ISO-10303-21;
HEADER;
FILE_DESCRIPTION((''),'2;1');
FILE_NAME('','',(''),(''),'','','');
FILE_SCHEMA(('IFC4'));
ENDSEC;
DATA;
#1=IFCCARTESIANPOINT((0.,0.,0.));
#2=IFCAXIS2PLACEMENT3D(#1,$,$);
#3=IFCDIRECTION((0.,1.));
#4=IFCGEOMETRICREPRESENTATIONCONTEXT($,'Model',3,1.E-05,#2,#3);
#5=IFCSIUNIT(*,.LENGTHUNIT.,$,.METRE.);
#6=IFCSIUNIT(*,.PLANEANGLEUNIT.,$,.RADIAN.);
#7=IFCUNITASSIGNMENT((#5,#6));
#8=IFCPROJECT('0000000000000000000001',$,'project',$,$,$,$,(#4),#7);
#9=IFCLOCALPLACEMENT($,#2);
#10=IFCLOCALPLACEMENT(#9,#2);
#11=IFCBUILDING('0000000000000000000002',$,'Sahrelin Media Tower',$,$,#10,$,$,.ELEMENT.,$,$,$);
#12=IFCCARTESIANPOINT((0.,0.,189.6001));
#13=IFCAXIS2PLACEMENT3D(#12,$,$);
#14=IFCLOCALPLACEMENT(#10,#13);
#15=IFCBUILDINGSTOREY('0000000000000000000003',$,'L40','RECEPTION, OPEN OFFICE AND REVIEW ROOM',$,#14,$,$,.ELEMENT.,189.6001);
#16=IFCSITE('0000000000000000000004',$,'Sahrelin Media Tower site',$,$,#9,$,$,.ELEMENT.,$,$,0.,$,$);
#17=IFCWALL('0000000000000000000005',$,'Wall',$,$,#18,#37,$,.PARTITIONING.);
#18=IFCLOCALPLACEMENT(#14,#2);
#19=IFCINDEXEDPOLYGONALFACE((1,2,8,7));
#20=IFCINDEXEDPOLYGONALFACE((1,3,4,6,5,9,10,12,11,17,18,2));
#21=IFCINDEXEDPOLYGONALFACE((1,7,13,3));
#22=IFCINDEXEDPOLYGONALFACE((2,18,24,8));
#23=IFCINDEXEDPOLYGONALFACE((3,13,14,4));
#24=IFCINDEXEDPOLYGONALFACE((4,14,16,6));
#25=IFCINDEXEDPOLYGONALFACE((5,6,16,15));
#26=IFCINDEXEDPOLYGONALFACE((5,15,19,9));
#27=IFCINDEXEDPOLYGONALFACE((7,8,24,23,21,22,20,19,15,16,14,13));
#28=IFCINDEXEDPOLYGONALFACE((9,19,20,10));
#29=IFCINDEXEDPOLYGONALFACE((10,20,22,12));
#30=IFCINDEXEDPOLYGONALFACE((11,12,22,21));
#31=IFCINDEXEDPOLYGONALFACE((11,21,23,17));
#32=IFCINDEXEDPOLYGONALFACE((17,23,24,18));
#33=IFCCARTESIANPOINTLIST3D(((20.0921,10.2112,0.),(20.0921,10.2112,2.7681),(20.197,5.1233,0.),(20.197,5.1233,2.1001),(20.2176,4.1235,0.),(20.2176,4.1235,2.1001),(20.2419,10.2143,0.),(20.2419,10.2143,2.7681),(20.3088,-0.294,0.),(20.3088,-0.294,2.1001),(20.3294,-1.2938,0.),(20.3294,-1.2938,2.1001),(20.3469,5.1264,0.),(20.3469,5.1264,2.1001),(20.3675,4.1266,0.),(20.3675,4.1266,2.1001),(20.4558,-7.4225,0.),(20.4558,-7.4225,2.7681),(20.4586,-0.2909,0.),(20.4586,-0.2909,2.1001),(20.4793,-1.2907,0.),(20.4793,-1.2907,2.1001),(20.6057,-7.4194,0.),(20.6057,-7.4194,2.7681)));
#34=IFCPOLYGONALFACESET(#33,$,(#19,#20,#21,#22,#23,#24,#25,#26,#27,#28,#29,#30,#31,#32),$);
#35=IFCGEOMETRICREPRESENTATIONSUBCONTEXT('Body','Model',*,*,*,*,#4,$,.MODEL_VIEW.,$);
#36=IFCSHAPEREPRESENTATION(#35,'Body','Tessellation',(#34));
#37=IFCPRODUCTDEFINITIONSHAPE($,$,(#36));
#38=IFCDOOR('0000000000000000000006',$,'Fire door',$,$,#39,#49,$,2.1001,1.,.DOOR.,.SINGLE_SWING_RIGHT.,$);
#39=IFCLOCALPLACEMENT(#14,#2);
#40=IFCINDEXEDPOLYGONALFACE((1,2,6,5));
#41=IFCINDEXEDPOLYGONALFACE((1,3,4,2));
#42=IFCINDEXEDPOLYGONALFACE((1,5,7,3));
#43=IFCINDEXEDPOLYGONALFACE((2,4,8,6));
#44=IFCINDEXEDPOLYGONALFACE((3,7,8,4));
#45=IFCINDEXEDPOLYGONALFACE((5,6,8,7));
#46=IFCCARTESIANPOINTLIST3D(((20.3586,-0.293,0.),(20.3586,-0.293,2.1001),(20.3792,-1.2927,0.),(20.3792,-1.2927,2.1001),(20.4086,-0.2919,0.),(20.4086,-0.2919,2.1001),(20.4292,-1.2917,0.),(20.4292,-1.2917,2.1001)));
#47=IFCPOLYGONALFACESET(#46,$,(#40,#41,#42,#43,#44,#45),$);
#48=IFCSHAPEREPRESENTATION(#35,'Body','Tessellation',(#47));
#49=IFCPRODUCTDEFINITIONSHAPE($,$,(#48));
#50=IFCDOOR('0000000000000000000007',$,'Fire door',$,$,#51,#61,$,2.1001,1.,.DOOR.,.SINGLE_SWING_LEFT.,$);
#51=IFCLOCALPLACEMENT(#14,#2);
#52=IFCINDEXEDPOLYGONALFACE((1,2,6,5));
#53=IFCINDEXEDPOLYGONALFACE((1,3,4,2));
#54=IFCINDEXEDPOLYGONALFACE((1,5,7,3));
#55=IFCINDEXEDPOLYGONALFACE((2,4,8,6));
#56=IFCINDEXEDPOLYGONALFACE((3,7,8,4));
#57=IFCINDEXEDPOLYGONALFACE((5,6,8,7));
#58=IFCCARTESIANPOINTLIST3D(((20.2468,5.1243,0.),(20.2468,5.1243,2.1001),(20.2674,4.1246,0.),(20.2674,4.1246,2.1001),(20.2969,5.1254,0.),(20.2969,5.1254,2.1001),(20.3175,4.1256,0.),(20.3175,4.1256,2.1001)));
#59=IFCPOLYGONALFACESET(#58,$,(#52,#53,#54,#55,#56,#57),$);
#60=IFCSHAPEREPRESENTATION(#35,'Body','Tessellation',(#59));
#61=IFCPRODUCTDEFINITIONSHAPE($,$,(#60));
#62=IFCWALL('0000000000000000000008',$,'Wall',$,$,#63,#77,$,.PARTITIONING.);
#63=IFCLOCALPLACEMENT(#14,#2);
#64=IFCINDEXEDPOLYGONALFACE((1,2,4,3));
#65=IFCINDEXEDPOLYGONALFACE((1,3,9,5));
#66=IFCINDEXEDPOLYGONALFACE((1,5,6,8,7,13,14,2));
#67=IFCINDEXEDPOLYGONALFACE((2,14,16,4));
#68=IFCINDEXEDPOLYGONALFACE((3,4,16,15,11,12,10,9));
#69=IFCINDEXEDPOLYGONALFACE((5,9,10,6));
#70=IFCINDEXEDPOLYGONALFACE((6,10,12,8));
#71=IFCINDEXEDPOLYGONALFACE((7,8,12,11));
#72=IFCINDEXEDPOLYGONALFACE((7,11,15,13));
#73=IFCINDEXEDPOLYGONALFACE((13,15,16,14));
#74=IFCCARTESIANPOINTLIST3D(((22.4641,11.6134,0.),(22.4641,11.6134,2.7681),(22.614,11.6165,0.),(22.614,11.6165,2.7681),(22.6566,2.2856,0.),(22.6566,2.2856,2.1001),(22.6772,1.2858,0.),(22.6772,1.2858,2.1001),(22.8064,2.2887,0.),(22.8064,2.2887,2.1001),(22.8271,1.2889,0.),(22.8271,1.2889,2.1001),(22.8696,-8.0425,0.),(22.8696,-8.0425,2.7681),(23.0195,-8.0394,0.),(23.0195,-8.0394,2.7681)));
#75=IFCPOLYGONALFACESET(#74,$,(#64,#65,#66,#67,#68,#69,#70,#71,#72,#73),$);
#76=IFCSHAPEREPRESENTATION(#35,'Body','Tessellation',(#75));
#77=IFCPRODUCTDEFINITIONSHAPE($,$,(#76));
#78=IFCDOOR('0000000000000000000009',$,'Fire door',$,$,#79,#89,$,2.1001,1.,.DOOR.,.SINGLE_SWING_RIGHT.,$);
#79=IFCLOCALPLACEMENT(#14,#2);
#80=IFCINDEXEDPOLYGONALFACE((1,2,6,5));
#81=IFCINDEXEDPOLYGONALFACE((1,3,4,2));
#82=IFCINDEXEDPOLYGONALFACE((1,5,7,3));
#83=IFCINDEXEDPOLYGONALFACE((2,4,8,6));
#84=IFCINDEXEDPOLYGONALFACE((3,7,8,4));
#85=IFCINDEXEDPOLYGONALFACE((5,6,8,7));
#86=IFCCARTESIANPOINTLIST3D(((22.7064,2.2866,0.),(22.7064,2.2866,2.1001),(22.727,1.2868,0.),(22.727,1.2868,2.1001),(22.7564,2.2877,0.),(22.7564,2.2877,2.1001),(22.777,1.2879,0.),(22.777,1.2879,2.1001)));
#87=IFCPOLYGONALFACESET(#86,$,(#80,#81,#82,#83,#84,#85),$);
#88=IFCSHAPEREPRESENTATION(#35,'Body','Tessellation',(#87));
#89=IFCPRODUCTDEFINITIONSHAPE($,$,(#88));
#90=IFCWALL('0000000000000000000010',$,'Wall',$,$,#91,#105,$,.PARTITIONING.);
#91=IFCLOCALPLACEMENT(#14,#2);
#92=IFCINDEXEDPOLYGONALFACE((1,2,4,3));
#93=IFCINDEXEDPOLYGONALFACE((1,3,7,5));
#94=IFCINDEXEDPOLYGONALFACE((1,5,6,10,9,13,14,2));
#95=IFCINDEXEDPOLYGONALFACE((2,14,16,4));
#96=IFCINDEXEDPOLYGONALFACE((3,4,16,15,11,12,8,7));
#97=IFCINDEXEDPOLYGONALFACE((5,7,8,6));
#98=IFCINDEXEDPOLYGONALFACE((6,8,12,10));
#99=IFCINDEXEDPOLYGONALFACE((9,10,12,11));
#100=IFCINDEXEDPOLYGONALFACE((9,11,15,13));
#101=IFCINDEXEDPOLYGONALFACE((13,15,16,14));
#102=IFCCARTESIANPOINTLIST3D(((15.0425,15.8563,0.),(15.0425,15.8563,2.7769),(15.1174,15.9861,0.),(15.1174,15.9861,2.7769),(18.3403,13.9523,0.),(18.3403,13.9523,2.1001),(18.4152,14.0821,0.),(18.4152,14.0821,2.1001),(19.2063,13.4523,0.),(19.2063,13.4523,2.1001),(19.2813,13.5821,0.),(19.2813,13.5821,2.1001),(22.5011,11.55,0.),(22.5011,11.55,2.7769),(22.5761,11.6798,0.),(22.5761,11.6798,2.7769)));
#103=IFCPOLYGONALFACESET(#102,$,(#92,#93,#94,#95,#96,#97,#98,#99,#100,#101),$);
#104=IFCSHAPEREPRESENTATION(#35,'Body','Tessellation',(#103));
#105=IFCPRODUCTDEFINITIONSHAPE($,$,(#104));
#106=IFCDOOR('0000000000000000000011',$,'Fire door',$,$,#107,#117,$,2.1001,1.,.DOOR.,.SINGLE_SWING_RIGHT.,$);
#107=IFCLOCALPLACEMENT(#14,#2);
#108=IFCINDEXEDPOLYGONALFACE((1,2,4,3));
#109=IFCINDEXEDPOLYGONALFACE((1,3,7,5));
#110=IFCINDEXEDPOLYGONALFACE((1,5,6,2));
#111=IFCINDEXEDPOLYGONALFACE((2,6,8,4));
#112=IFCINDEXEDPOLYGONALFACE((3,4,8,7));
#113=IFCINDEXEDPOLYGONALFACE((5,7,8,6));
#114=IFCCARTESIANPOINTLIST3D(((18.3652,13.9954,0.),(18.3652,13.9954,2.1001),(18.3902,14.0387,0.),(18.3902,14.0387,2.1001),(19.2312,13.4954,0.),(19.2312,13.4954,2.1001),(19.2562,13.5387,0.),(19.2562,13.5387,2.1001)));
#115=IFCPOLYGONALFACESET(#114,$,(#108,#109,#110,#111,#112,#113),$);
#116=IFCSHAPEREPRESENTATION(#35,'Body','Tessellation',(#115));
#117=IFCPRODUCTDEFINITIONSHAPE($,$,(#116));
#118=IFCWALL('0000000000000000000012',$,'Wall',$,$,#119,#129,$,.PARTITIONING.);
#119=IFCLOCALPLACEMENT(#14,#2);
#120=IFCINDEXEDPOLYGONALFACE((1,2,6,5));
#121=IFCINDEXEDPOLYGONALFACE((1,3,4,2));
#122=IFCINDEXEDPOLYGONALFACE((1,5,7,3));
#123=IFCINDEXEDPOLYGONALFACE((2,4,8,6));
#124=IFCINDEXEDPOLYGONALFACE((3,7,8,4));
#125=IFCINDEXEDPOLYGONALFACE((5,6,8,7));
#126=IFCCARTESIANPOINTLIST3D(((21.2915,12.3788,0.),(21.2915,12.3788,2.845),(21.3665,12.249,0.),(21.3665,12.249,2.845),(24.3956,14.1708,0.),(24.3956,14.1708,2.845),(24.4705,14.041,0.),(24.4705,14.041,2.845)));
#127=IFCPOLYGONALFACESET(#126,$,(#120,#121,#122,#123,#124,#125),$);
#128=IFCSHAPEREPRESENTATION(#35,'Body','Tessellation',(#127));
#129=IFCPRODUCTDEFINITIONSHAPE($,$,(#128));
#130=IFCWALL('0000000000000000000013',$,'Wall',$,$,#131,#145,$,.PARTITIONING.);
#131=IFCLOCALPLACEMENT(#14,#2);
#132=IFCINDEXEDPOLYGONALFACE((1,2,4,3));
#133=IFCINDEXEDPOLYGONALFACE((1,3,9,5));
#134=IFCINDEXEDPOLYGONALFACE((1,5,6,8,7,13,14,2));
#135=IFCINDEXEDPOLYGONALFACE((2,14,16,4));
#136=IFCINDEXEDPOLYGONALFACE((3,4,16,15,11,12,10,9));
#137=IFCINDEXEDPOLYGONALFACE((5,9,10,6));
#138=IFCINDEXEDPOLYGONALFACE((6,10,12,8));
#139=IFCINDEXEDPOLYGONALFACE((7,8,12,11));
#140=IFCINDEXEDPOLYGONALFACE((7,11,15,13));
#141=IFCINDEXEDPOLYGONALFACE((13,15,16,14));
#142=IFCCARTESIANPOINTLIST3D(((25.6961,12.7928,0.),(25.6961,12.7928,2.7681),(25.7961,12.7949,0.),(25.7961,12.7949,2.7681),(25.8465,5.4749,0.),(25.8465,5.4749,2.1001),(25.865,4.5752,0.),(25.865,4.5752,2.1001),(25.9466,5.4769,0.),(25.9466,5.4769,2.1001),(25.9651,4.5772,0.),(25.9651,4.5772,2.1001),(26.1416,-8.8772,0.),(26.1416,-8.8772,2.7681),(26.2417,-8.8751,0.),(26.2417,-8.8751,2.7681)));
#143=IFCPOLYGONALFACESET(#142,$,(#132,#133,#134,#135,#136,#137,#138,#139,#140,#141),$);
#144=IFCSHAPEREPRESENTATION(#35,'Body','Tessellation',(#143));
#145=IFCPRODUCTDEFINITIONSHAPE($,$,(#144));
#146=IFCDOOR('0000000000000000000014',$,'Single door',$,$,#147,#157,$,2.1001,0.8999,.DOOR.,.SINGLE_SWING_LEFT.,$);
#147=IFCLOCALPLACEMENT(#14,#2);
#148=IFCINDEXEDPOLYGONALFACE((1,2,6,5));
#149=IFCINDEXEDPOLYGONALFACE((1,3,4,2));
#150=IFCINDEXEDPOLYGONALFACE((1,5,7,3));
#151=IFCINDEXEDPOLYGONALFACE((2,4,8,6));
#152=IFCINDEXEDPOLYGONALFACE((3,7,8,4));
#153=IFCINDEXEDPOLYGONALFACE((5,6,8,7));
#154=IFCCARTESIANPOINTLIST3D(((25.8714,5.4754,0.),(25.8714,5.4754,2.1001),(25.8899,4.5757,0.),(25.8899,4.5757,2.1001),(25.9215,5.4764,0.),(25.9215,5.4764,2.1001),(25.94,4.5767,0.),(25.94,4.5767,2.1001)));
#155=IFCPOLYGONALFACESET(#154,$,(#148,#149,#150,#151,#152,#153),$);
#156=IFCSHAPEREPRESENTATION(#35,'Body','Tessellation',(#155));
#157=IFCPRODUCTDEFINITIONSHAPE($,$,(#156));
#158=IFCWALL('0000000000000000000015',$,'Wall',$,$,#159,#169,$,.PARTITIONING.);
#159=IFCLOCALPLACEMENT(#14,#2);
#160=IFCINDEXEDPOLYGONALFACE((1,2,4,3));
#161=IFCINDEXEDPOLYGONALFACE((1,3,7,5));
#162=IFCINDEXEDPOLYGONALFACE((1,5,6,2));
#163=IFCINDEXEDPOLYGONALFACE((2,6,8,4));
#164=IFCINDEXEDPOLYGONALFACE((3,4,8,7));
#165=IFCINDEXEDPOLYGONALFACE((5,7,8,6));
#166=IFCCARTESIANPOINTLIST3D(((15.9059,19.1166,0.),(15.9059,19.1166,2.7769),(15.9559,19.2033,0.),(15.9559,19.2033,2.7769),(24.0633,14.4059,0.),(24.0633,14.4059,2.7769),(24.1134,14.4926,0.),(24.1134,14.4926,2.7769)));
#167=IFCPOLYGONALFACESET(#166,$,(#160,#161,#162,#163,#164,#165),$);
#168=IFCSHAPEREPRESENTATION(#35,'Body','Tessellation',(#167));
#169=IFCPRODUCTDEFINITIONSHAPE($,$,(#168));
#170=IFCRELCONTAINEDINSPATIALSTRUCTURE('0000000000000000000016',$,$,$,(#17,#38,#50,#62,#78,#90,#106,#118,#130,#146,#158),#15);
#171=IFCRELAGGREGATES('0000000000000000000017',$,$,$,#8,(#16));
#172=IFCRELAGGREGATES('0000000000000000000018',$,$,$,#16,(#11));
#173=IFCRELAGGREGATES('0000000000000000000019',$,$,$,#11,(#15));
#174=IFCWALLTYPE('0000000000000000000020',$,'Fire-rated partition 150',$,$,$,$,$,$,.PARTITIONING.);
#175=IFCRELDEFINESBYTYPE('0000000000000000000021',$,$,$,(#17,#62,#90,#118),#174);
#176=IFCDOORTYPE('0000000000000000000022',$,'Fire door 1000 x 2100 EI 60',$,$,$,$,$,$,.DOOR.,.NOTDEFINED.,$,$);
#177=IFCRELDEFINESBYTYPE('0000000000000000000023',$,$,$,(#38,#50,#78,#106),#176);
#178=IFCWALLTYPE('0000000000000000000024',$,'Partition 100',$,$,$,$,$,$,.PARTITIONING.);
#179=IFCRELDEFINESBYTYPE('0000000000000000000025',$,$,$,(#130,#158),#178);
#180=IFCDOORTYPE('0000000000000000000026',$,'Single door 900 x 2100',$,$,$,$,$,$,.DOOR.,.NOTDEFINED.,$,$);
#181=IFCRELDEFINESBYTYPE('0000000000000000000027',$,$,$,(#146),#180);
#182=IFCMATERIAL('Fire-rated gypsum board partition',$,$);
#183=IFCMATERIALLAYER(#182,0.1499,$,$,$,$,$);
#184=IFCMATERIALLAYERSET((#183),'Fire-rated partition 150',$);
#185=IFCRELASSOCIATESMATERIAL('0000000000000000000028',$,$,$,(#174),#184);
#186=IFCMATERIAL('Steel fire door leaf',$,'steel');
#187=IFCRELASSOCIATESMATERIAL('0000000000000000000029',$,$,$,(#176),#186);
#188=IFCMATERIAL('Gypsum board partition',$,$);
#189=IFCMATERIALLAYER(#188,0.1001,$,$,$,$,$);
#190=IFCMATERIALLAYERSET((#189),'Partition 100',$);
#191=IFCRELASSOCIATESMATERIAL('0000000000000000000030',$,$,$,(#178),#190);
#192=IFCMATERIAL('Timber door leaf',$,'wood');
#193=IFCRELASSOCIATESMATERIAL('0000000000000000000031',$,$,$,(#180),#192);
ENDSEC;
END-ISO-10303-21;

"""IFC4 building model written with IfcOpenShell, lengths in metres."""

from ifc_helpers import new_model, si_unit, direction, frame, frame_2d, origin, place, context, subcontext, project, spatial, rectangle, extrude, material, layer, layer_set, type_object, element, fill, save


model = new_model("IFC4")

# Units and contexts
model_context = context("Model", 3, precision=1e-05, world=origin(), true_north=direction((0.0, 1.0)))
body_context = subcontext(model_context, "Body", "Model", "MODEL_VIEW")
ifc_project = project(units=[si_unit("LENGTHUNIT", "METRE"), si_unit("PLANEANGLEUNIT", "RADIAN")], contexts=[model_context])

# Site, building, storey
site_placement = place(None, origin())
site = spatial("IfcSite", under=ifc_project, at=site_placement, Name="Sahrelin Media Tower site", CompositionType="ELEMENT", RefElevation=0.0)
building_placement = place(site_placement, origin())
building = spatial("IfcBuilding", under=site, at=building_placement, Name="Sahrelin Media Tower", CompositionType="ELEMENT")
storey_placement = place(building_placement, frame((0.0, 0.0, 189.6001)))
storey = spatial("IfcBuildingStorey", under=building, at=storey_placement, Name="L40", Description="RECEPTION, OPEN OFFICE AND REVIEW ROOM", CompositionType="ELEMENT", Elevation=189.6001)

# Wall, openings, doors
ifc_material_1 = material(Name="Fire-rated gypsum board partition")
ifc_layer_1 = layer(ifc_material_1, 0.1499)
ifc_layer_set_1 = layer_set([ifc_layer_1], Name="Fire-rated partition 150")
wall_type_1 = type_object("IfcWallType", Name="Fire-rated partition 150", PredefinedType="PARTITIONING", material=ifc_layer_set_1)
wall_1_placement = place(storey_placement, frame((20.167, 10.2129, 0.0), z_axis=(0.0, 0.0, 1.0), x_axis=(0.020625, -0.999787, 0.0)))
wall_1 = element("IfcWall", 1, at=wall_1_placement, inside=storey, type_object=wall_type_1, Name="Wall", PredefinedType="PARTITIONING", context=body_context, shape_type="SweptSolid", body=[
    extrude(rectangle(XDim=17.6375, YDim=0.1499, at=frame_2d((8.8188, 0.0))), origin(), (0.0, 0.0, 1.0), 2.7681),
])
opening_1_placement = place(wall_1_placement, frame((10.5076, 0.0, 0.0)))
opening_1 = element("IfcOpeningElement", 2, at=opening_1_placement, cuts=wall_1, PredefinedType="OPENING", context=body_context, shape_type="SweptSolid", body=[
    extrude(rectangle(XDim=1.0, YDim=2.1001, at=frame_2d((0.5, 1.05))), frame((0.0, 0.075, 0.0), z_axis=(0.0, -1.0, 0.0), x_axis=(1.0, 0.0, 0.0)), (0.0, 0.0, 1.0), 0.1499),
])
opening_2_placement = place(wall_1_placement, frame((5.0891, 0.0, 0.0)))
opening_2 = element("IfcOpeningElement", 3, at=opening_2_placement, cuts=wall_1, PredefinedType="OPENING", context=body_context, shape_type="SweptSolid", body=[
    extrude(rectangle(XDim=1.0, YDim=2.1001, at=frame_2d((0.5, 1.05))), frame((0.0, 0.075, 0.0), z_axis=(0.0, -1.0, 0.0), x_axis=(1.0, 0.0, 0.0)), (0.0, 0.0, 1.0), 0.1499),
])
ifc_material_2 = material(Name="Steel fire door leaf", Category="steel")
door_type_1 = type_object("IfcDoorType", Name="Fire door 1000 x 2100 EI 60", OperationType="NOTDEFINED", PredefinedType="DOOR", material=ifc_material_2)
door_1_placement = place(opening_1_placement, origin())
door_1 = element("IfcDoor", 4, at=door_1_placement, inside=storey, type_object=door_type_1, Name="Fire door", OperationType="SINGLE_SWING_RIGHT", OverallHeight=2.1001, OverallWidth=1.0, PredefinedType="DOOR", context=body_context, shape_type="SweptSolid", body=[
    extrude(rectangle(XDim=1.0, YDim=2.1001, at=frame_2d((0.5, 1.05))), frame((0.0, 0.0249, 0.0), z_axis=(0.0, -1.0, 0.0), x_axis=(1.0, 0.0, 0.0)), (0.0, 0.0, 1.0), 0.05),
])
fill(opening_1, door_1)
door_2_placement = place(opening_2_placement, origin())
door_2 = element("IfcDoor", 5, at=door_2_placement, inside=storey, type_object=door_type_1, Name="Fire door", OperationType="SINGLE_SWING_LEFT", OverallHeight=2.1001, OverallWidth=1.0, PredefinedType="DOOR", context=body_context, shape_type="SweptSolid", body=[
    extrude(rectangle(XDim=1.0, YDim=2.1001, at=frame_2d((0.5, 1.05))), frame((0.0, 0.0249, 0.0), z_axis=(0.0, -1.0, 0.0), x_axis=(1.0, 0.0, 0.0)), (0.0, 0.0, 1.0), 0.05),
])
fill(opening_2, door_2)

# Walls, openings, doors
wall_2_placement = place(storey_placement, frame((22.5391, 11.615, 0.0), z_axis=(0.0, 0.0, 1.0), x_axis=(0.020626, -0.999787, 0.0)))
wall_2 = element("IfcWall", 6, at=wall_2_placement, inside=storey, type_object=wall_type_1, Name="Wall", PredefinedType="PARTITIONING", context=body_context, shape_type="SweptSolid", body=[
    extrude(rectangle(XDim=19.6602, YDim=0.1499, at=frame_2d((9.8301, 0.0))), origin(), (0.0, 0.0, 1.0), 2.7681),
])
opening_3_placement = place(wall_2_placement, frame((9.3298, 0.0, 0.0)))
opening_3 = element("IfcOpeningElement", 7, at=opening_3_placement, cuts=wall_2, PredefinedType="OPENING", context=body_context, shape_type="SweptSolid", body=[
    extrude(rectangle(XDim=1.0, YDim=2.1001, at=frame_2d((0.5, 1.05))), frame((0.0, 0.075, 0.0), z_axis=(0.0, -1.0, 0.0), x_axis=(1.0, 0.0, 0.0)), (0.0, 0.0, 1.0), 0.1499),
])
door_3_placement = place(opening_3_placement, origin())
door_3 = element("IfcDoor", 8, at=door_3_placement, inside=storey, type_object=door_type_1, Name="Fire door", OperationType="SINGLE_SWING_RIGHT", OverallHeight=2.1001, OverallWidth=1.0, PredefinedType="DOOR", context=body_context, shape_type="SweptSolid", body=[
    extrude(rectangle(XDim=1.0, YDim=2.1001, at=frame_2d((0.5, 1.05))), frame((0.0, 0.0249, 0.0), z_axis=(0.0, -1.0, 0.0), x_axis=(1.0, 0.0, 0.0)), (0.0, 0.0, 1.0), 0.05),
])
fill(opening_3, door_3)
wall_3_placement = place(storey_placement, frame((15.0801, 15.9211, 0.0), z_axis=(0.0, 0.0, 1.0), x_axis=(0.866021, -0.500008, 0.0)))
wall_3 = element("IfcWall", 9, at=wall_3_placement, inside=storey, type_object=wall_type_1, Name="Wall", PredefinedType="PARTITIONING", context=body_context, shape_type="SweptSolid", body=[
    extrude(rectangle(XDim=8.6125, YDim=0.1499, at=frame_2d((4.3062, 0.0))), origin(), (0.0, 0.0, 1.0), 2.7769),
])
opening_4_placement = place(wall_3_placement, frame((3.8079, 0.0, 0.0)))
opening_4 = element("IfcOpeningElement", 10, at=opening_4_placement, cuts=wall_3, PredefinedType="OPENING", context=body_context, shape_type="SweptSolid", body=[
    extrude(rectangle(XDim=1.0, YDim=2.1001, at=frame_2d((0.5, 1.05))), frame((0.0, 0.075, 0.0), z_axis=(0.0, -1.0, 0.0), x_axis=(1.0, 0.0, 0.0)), (0.0, 0.0, 1.0), 0.1499),
])
door_4_placement = place(opening_4_placement, origin())
door_4 = element("IfcDoor", 11, at=door_4_placement, inside=storey, type_object=door_type_1, Name="Fire door", OperationType="SINGLE_SWING_RIGHT", OverallHeight=2.1001, OverallWidth=1.0, PredefinedType="DOOR", context=body_context, shape_type="SweptSolid", body=[
    extrude(rectangle(XDim=1.0, YDim=2.1001, at=frame_2d((0.5, 1.05))), frame((0.0, 0.0249, 0.0), z_axis=(0.0, -1.0, 0.0), x_axis=(1.0, 0.0, 0.0)), (0.0, 0.0, 1.0), 0.05),
])
fill(opening_4, door_4)

# Wall
wall_4_placement = place(storey_placement, frame((21.3291, 12.314, 0.0), z_axis=(0.0, 0.0, 1.0), x_axis=(0.866038, 0.499978, 0.0)))
element("IfcWall", 12, at=wall_4_placement, inside=storey, type_object=wall_type_1, Name="Wall", PredefinedType="PARTITIONING", context=body_context, shape_type="SweptSolid", body=[
    extrude(rectangle(XDim=3.5842, YDim=0.1499, at=frame_2d((1.792, 0.0))), origin(), (0.0, 0.0, 1.0), 2.845),
])

# Wall, opening, door
ifc_material_3 = material(Name="Gypsum board partition")
ifc_layer_2 = layer(ifc_material_3, 0.1001)
ifc_layer_set_2 = layer_set([ifc_layer_2], Name="Partition 100")
wall_type_2 = type_object("IfcWallType", Name="Partition 100", PredefinedType="PARTITIONING", material=ifc_layer_set_2)
wall_5_placement = place(storey_placement, frame((25.7461, 12.7939, 0.0), z_axis=(0.0, 0.0, 1.0), x_axis=(0.020557, -0.999789, 0.0)))
wall_5 = element("IfcWall", 13, at=wall_5_placement, inside=storey, type_object=wall_type_2, Name="Wall", PredefinedType="PARTITIONING", context=body_context, shape_type="SweptSolid", body=[
    extrude(rectangle(XDim=21.6746, YDim=0.1001, at=frame_2d((10.8374, 0.0))), origin(), (0.0, 0.0, 1.0), 2.7681),
])
opening_5_placement = place(wall_5_placement, frame((7.3196, 0.0, 0.0)))
opening_5 = element("IfcOpeningElement", 14, at=opening_5_placement, cuts=wall_5, PredefinedType="OPENING", context=body_context, shape_type="SweptSolid", body=[
    extrude(rectangle(XDim=0.8999, YDim=2.1001, at=frame_2d((0.45, 1.05))), frame((0.0, 0.05, 0.0), z_axis=(0.0, -1.0, 0.0), x_axis=(1.0, 0.0, 0.0)), (0.0, 0.0, 1.0), 0.1001),
])
ifc_material_4 = material(Name="Timber door leaf", Category="wood")
door_type_2 = type_object("IfcDoorType", Name="Single door 900 x 2100", OperationType="NOTDEFINED", PredefinedType="DOOR", material=ifc_material_4)
door_5_placement = place(opening_5_placement, origin())
door_5 = element("IfcDoor", 15, at=door_5_placement, inside=storey, type_object=door_type_2, Name="Single door", OperationType="SINGLE_SWING_LEFT", OverallHeight=2.1001, OverallWidth=0.8999, PredefinedType="DOOR", context=body_context, shape_type="SweptSolid", body=[
    extrude(rectangle(XDim=0.8999, YDim=2.1001, at=frame_2d((0.45, 1.05))), frame((0.0, 0.0249, 0.0), z_axis=(0.0, -1.0, 0.0), x_axis=(1.0, 0.0, 0.0)), (0.0, 0.0, 1.0), 0.05),
])
fill(opening_5, door_5)

# Wall
wall_6_placement = place(storey_placement, frame((15.9309, 19.1599, 0.0), z_axis=(0.0, 0.0, 1.0), x_axis=(0.865981, -0.500078, 0.0)))
element("IfcWall", 16, at=wall_6_placement, inside=storey, type_object=wall_type_2, Name="Wall", PredefinedType="PARTITIONING", context=body_context, shape_type="SweptSolid", body=[
    extrude(rectangle(XDim=9.4199, YDim=0.1001, at=frame_2d((4.71, 0.0))), origin(), (0.0, 0.0, 1.0), 2.7769),
])

save(model, "model.ifc")
